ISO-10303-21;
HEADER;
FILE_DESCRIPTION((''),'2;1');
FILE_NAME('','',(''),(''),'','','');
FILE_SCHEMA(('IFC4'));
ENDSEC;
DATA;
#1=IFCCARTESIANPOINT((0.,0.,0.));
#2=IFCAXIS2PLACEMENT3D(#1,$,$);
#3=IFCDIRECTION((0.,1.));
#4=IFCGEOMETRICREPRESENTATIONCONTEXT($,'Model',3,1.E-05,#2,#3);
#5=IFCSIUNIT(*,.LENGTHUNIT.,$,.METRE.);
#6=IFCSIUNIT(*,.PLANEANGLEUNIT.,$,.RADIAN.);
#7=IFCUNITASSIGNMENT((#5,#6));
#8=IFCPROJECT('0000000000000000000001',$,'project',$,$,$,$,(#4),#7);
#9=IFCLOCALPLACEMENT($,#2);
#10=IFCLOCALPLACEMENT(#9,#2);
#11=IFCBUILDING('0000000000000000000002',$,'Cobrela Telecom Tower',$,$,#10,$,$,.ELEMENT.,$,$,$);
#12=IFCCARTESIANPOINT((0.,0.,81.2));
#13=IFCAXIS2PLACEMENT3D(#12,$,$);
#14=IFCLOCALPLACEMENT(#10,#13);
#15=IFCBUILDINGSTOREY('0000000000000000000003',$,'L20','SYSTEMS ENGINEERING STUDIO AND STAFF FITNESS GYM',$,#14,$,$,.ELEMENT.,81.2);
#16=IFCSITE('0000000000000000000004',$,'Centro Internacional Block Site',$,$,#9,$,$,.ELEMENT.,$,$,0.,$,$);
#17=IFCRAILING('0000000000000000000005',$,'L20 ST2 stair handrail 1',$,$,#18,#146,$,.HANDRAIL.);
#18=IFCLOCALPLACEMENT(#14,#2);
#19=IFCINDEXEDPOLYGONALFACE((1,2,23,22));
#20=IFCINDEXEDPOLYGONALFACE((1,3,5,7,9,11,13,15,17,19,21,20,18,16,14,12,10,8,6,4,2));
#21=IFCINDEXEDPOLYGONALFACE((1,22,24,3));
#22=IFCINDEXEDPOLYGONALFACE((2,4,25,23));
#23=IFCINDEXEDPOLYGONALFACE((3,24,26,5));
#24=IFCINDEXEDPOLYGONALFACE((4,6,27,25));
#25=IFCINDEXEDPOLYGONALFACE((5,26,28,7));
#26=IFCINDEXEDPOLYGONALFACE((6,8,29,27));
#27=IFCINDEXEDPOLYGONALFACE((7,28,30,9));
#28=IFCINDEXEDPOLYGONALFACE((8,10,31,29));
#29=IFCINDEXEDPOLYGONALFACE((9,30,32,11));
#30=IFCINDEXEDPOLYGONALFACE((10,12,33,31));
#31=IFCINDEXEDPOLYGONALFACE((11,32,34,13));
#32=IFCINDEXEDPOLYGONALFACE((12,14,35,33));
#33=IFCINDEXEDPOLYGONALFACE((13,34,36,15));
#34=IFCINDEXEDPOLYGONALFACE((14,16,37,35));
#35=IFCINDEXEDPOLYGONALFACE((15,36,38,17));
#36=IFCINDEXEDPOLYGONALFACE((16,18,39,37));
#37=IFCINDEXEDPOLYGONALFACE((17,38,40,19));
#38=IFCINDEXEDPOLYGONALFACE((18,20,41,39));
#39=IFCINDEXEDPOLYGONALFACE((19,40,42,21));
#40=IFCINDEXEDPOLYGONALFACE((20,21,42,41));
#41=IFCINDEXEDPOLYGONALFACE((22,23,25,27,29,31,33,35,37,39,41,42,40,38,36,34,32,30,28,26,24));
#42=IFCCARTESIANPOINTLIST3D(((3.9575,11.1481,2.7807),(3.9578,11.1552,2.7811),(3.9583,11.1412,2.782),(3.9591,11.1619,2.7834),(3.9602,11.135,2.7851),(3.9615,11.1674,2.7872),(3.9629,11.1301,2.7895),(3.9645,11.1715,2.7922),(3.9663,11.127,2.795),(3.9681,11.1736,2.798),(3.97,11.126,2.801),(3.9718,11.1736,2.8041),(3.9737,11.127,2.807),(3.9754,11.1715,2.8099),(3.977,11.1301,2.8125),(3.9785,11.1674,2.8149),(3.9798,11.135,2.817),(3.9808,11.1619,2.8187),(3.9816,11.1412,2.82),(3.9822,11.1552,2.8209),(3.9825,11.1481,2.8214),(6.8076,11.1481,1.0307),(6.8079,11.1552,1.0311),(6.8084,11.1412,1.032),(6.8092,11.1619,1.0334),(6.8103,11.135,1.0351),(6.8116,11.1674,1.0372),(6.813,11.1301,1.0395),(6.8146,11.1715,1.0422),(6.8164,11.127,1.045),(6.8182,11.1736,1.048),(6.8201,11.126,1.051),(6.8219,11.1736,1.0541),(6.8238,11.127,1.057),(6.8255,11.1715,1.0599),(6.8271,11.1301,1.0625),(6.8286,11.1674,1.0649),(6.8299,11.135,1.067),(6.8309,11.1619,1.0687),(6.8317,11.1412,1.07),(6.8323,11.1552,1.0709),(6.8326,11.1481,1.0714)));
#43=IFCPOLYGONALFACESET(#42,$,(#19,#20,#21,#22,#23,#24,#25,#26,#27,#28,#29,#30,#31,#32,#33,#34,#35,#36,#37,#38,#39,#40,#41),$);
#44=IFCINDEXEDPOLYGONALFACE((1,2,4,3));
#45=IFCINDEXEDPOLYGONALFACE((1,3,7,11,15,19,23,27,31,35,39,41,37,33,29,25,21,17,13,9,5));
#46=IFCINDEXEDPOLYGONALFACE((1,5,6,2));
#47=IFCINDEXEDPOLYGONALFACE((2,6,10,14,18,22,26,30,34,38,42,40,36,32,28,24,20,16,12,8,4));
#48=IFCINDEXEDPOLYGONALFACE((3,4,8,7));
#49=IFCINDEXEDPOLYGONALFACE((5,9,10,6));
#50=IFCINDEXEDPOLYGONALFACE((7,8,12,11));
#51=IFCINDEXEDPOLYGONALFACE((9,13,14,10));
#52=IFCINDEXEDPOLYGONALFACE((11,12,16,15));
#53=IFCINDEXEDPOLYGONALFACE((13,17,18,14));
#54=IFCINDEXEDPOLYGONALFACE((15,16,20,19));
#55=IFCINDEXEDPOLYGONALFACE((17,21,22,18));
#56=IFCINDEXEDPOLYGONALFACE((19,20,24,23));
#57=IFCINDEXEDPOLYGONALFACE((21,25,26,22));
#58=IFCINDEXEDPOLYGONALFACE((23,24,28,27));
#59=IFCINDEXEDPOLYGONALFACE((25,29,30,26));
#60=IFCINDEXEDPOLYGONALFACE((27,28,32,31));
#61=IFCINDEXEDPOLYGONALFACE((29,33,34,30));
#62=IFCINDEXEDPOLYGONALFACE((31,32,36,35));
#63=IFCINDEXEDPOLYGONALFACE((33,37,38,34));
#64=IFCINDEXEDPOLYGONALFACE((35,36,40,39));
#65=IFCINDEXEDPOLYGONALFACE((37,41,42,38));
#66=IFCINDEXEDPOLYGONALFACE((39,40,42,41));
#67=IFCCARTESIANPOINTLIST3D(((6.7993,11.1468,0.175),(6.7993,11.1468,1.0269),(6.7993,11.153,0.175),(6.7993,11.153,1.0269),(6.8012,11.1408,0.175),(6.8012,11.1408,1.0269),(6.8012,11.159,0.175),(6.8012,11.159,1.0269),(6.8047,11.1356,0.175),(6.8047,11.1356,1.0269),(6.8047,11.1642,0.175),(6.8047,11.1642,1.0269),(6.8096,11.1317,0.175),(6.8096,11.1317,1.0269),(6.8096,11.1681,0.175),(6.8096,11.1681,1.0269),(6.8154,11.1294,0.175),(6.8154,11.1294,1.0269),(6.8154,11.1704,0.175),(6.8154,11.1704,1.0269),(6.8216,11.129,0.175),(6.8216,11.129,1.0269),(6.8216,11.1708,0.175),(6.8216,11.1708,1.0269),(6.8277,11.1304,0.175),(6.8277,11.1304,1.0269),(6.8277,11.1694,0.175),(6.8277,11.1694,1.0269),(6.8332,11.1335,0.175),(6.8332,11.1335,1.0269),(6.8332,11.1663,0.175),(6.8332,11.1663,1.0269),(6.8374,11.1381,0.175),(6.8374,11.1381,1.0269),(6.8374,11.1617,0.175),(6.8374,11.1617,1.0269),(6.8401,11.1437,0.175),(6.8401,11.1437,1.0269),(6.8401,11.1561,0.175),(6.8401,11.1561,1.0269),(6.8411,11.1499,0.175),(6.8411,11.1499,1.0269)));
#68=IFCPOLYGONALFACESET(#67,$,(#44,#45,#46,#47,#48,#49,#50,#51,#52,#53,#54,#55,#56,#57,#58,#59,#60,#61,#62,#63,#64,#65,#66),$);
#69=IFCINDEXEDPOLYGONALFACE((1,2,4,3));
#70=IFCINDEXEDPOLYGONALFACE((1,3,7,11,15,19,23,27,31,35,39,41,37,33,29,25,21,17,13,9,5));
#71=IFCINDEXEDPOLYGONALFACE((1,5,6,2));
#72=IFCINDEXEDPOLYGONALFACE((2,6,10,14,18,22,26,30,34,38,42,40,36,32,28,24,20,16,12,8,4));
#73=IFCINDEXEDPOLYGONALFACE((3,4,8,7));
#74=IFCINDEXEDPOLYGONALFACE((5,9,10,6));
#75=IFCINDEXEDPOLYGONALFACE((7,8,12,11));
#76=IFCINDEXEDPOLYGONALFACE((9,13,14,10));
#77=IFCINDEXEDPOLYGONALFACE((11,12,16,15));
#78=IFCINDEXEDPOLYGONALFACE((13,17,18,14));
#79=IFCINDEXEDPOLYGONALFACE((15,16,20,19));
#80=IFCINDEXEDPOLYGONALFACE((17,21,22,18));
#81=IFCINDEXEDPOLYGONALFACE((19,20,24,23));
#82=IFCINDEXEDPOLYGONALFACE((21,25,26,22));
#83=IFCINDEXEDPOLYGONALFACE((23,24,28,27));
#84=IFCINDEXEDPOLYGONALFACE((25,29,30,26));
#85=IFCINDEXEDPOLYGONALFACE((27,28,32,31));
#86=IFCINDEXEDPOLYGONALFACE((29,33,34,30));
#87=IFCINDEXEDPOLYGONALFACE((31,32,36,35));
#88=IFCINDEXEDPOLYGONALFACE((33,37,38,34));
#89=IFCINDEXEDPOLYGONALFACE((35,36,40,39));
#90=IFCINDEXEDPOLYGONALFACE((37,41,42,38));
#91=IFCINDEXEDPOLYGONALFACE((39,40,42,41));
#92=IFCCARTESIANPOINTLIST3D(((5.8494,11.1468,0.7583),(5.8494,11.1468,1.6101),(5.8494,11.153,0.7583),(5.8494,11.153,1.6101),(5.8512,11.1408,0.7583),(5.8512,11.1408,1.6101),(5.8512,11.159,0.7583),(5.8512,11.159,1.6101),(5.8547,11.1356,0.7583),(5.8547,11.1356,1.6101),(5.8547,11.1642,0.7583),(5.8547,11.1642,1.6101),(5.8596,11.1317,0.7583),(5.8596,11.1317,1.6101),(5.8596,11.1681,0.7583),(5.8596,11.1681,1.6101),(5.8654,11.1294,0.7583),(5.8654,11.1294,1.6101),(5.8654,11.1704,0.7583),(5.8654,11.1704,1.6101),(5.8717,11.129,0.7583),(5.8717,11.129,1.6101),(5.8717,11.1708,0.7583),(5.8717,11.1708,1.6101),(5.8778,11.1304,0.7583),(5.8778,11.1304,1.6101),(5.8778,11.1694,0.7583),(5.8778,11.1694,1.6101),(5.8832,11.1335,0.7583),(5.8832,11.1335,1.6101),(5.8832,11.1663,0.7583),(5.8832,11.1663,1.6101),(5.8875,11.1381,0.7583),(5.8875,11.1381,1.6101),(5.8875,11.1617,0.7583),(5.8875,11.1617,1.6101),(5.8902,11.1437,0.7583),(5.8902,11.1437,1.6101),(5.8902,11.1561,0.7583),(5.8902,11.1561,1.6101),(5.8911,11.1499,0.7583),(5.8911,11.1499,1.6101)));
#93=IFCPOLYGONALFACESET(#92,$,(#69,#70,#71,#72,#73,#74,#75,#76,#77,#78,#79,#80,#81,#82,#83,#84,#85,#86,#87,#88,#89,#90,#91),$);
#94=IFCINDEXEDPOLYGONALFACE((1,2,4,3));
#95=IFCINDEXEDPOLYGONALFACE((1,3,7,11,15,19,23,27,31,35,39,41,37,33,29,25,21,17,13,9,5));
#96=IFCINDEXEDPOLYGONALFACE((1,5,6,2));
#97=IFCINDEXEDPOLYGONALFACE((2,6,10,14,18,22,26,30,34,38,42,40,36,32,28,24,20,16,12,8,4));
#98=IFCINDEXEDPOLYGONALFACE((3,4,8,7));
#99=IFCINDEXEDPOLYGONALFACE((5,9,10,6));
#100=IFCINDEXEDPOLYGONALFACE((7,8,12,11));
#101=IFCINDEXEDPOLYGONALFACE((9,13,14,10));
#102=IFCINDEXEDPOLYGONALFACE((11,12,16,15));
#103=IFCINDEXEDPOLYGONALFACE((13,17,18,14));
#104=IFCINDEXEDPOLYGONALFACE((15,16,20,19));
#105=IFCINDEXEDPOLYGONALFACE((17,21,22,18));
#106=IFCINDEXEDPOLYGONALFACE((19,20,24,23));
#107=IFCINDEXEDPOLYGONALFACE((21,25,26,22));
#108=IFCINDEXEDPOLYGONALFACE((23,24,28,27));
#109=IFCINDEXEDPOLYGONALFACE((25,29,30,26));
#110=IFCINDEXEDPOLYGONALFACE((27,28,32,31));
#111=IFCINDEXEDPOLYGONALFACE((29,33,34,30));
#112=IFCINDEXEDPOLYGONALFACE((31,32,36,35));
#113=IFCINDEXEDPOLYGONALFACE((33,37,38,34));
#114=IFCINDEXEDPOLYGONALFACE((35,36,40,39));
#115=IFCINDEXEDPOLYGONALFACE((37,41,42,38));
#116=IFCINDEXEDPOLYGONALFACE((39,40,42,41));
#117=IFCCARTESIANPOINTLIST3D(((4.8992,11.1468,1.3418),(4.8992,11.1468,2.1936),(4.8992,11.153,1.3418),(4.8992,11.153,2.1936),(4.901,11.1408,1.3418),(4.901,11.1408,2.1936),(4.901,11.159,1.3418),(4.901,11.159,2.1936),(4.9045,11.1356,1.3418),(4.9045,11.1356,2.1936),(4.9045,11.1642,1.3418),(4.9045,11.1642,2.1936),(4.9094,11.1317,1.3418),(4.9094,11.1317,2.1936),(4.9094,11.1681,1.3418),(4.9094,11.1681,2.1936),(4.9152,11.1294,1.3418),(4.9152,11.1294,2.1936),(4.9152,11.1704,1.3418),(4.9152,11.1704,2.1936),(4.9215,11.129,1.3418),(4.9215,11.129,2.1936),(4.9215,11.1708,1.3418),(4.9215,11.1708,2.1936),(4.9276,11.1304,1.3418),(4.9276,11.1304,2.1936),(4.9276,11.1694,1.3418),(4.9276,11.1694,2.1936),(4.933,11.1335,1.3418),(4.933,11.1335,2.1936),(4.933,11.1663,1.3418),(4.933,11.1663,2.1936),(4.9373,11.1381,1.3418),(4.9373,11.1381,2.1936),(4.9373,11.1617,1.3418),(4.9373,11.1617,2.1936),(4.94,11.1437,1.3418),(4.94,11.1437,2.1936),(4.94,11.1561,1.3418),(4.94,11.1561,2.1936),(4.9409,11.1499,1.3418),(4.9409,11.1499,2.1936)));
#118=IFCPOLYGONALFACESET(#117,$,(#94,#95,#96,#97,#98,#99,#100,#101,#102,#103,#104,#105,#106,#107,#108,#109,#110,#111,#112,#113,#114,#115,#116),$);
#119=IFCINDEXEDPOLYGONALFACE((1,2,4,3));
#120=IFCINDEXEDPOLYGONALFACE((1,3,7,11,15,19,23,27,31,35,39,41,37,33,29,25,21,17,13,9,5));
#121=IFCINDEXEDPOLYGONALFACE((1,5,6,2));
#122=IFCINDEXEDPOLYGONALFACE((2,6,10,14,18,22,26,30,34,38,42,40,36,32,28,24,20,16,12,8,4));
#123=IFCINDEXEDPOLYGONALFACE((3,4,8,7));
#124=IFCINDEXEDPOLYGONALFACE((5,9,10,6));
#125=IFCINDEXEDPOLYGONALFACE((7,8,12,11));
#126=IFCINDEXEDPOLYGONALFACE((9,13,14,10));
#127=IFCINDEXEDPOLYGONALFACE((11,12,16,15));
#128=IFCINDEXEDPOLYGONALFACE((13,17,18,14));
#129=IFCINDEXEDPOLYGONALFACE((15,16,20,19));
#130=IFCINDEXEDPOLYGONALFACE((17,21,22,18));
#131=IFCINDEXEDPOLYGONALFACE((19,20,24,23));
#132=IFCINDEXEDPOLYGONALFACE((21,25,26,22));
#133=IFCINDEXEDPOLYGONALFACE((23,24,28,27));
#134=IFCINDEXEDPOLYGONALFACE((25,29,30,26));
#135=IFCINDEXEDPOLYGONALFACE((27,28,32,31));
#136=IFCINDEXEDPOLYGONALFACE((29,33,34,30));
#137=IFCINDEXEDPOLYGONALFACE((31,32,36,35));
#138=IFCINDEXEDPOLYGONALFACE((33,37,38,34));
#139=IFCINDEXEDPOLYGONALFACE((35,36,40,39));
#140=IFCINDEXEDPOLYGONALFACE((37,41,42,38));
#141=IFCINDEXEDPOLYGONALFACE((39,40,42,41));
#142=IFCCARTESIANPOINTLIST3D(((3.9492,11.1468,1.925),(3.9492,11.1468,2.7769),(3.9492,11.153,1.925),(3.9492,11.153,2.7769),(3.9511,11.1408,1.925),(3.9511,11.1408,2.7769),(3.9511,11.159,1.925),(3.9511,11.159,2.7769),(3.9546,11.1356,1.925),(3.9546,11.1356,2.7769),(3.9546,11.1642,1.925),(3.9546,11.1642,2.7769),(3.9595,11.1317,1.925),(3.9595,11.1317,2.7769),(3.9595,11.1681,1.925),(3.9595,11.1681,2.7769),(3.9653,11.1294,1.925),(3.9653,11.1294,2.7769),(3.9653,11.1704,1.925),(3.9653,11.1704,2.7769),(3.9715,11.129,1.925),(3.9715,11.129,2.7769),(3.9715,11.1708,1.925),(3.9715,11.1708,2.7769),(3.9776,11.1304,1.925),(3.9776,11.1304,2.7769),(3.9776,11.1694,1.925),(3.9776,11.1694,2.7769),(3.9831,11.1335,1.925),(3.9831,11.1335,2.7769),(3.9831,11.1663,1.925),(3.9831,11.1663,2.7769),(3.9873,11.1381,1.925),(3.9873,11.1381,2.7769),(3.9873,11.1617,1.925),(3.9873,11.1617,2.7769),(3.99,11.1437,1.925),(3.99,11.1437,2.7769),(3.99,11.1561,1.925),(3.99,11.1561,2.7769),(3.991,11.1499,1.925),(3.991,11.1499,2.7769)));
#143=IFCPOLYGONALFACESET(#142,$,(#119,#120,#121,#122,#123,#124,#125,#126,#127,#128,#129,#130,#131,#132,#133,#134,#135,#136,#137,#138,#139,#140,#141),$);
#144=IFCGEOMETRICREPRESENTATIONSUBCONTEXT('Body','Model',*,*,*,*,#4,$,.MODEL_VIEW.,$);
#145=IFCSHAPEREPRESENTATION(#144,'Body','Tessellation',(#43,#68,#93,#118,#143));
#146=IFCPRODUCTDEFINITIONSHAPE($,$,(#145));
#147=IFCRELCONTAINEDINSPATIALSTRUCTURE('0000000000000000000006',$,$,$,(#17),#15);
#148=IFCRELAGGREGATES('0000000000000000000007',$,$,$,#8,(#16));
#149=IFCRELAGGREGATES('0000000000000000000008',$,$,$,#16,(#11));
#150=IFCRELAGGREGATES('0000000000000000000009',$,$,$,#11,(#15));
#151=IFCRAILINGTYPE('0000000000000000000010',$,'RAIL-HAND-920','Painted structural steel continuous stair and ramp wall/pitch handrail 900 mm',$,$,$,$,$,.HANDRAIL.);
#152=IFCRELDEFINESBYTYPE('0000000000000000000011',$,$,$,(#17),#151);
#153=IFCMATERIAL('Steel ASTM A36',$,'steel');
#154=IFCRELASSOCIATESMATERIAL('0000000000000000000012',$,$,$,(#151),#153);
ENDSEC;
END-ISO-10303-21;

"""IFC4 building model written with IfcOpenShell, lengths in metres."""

from ifc_helpers import new_model, si_unit, direction, frame, origin, origin_2d, place, context, subcontext, project, spatial, circle, extrude, material, type_object, element, save


model = new_model("IFC4")

# Units and contexts
model_context = context("Model", 3, precision=1e-05, world=origin(), true_north=direction((0.0, 1.0)))
body_context = subcontext(model_context, "Body", "Model", "MODEL_VIEW")
ifc_project = project(units=[si_unit("LENGTHUNIT", "METRE"), si_unit("PLANEANGLEUNIT", "RADIAN")], contexts=[model_context])

# Site, building, storey
site_placement = place(None, origin())
site = spatial("IfcSite", under=ifc_project, at=site_placement, Name="Centro Internacional Block Site", CompositionType="ELEMENT", RefElevation=0.0)
building_placement = place(site_placement, origin())
building = spatial("IfcBuilding", under=site, at=building_placement, Name="Cobrela Telecom Tower", CompositionType="ELEMENT")
storey_placement = place(building_placement, frame((0.0, 0.0, 81.2)))
storey = spatial("IfcBuildingStorey", under=building, at=storey_placement, Name="L20", Description="SYSTEMS ENGINEERING STUDIO AND STAFF FITNESS GYM", CompositionType="ELEMENT", Elevation=81.2)

# Railing
ifc_material_1 = material(Name="Steel ASTM A36", Category="steel")
railing_type_1 = type_object("IfcRailingType", Name="RAIL-HAND-920", Description="Painted structural steel continuous stair and ramp wall/pitch handrail 900 mm", PredefinedType="HANDRAIL", material=ifc_material_1)
railing_1_placement = place(storey_placement, frame((6.8201, 11.1499, 0.175)))
element("IfcRailing", 1, at=railing_1_placement, inside=storey, type_object=railing_type_1, Name="L20 ST2 stair handrail 1", PredefinedType="HANDRAIL", context=body_context, shape_type="SweptSolid", body=[
    extrude(circle(Radius=0.0239, at=origin_2d()), frame((0.0, 0.0, 0.876), z_axis=(-0.852179, 0.0, 0.52325), x_axis=(0.0, -1.0, 0.0)), (0.0, 0.0, 1.0), 3.3445),
    extrude(circle(Radius=0.021, at=origin_2d()), origin(), (0.0, 0.0, 1.0), 0.8518),
    extrude(circle(Radius=0.021, at=origin_2d()), frame((-0.95, 0.0, 0.5833)), (0.0, 0.0, 1.0), 0.8518),
    extrude(circle(Radius=0.021, at=origin_2d()), frame((-1.9001, 0.0, 1.1667)), (0.0, 0.0, 1.0), 0.8518),
    extrude(circle(Radius=0.021, at=origin_2d()), frame((-2.8501, 0.0, 1.75)), (0.0, 0.0, 1.0), 0.8518),
])

save(model, "model.ifc")
